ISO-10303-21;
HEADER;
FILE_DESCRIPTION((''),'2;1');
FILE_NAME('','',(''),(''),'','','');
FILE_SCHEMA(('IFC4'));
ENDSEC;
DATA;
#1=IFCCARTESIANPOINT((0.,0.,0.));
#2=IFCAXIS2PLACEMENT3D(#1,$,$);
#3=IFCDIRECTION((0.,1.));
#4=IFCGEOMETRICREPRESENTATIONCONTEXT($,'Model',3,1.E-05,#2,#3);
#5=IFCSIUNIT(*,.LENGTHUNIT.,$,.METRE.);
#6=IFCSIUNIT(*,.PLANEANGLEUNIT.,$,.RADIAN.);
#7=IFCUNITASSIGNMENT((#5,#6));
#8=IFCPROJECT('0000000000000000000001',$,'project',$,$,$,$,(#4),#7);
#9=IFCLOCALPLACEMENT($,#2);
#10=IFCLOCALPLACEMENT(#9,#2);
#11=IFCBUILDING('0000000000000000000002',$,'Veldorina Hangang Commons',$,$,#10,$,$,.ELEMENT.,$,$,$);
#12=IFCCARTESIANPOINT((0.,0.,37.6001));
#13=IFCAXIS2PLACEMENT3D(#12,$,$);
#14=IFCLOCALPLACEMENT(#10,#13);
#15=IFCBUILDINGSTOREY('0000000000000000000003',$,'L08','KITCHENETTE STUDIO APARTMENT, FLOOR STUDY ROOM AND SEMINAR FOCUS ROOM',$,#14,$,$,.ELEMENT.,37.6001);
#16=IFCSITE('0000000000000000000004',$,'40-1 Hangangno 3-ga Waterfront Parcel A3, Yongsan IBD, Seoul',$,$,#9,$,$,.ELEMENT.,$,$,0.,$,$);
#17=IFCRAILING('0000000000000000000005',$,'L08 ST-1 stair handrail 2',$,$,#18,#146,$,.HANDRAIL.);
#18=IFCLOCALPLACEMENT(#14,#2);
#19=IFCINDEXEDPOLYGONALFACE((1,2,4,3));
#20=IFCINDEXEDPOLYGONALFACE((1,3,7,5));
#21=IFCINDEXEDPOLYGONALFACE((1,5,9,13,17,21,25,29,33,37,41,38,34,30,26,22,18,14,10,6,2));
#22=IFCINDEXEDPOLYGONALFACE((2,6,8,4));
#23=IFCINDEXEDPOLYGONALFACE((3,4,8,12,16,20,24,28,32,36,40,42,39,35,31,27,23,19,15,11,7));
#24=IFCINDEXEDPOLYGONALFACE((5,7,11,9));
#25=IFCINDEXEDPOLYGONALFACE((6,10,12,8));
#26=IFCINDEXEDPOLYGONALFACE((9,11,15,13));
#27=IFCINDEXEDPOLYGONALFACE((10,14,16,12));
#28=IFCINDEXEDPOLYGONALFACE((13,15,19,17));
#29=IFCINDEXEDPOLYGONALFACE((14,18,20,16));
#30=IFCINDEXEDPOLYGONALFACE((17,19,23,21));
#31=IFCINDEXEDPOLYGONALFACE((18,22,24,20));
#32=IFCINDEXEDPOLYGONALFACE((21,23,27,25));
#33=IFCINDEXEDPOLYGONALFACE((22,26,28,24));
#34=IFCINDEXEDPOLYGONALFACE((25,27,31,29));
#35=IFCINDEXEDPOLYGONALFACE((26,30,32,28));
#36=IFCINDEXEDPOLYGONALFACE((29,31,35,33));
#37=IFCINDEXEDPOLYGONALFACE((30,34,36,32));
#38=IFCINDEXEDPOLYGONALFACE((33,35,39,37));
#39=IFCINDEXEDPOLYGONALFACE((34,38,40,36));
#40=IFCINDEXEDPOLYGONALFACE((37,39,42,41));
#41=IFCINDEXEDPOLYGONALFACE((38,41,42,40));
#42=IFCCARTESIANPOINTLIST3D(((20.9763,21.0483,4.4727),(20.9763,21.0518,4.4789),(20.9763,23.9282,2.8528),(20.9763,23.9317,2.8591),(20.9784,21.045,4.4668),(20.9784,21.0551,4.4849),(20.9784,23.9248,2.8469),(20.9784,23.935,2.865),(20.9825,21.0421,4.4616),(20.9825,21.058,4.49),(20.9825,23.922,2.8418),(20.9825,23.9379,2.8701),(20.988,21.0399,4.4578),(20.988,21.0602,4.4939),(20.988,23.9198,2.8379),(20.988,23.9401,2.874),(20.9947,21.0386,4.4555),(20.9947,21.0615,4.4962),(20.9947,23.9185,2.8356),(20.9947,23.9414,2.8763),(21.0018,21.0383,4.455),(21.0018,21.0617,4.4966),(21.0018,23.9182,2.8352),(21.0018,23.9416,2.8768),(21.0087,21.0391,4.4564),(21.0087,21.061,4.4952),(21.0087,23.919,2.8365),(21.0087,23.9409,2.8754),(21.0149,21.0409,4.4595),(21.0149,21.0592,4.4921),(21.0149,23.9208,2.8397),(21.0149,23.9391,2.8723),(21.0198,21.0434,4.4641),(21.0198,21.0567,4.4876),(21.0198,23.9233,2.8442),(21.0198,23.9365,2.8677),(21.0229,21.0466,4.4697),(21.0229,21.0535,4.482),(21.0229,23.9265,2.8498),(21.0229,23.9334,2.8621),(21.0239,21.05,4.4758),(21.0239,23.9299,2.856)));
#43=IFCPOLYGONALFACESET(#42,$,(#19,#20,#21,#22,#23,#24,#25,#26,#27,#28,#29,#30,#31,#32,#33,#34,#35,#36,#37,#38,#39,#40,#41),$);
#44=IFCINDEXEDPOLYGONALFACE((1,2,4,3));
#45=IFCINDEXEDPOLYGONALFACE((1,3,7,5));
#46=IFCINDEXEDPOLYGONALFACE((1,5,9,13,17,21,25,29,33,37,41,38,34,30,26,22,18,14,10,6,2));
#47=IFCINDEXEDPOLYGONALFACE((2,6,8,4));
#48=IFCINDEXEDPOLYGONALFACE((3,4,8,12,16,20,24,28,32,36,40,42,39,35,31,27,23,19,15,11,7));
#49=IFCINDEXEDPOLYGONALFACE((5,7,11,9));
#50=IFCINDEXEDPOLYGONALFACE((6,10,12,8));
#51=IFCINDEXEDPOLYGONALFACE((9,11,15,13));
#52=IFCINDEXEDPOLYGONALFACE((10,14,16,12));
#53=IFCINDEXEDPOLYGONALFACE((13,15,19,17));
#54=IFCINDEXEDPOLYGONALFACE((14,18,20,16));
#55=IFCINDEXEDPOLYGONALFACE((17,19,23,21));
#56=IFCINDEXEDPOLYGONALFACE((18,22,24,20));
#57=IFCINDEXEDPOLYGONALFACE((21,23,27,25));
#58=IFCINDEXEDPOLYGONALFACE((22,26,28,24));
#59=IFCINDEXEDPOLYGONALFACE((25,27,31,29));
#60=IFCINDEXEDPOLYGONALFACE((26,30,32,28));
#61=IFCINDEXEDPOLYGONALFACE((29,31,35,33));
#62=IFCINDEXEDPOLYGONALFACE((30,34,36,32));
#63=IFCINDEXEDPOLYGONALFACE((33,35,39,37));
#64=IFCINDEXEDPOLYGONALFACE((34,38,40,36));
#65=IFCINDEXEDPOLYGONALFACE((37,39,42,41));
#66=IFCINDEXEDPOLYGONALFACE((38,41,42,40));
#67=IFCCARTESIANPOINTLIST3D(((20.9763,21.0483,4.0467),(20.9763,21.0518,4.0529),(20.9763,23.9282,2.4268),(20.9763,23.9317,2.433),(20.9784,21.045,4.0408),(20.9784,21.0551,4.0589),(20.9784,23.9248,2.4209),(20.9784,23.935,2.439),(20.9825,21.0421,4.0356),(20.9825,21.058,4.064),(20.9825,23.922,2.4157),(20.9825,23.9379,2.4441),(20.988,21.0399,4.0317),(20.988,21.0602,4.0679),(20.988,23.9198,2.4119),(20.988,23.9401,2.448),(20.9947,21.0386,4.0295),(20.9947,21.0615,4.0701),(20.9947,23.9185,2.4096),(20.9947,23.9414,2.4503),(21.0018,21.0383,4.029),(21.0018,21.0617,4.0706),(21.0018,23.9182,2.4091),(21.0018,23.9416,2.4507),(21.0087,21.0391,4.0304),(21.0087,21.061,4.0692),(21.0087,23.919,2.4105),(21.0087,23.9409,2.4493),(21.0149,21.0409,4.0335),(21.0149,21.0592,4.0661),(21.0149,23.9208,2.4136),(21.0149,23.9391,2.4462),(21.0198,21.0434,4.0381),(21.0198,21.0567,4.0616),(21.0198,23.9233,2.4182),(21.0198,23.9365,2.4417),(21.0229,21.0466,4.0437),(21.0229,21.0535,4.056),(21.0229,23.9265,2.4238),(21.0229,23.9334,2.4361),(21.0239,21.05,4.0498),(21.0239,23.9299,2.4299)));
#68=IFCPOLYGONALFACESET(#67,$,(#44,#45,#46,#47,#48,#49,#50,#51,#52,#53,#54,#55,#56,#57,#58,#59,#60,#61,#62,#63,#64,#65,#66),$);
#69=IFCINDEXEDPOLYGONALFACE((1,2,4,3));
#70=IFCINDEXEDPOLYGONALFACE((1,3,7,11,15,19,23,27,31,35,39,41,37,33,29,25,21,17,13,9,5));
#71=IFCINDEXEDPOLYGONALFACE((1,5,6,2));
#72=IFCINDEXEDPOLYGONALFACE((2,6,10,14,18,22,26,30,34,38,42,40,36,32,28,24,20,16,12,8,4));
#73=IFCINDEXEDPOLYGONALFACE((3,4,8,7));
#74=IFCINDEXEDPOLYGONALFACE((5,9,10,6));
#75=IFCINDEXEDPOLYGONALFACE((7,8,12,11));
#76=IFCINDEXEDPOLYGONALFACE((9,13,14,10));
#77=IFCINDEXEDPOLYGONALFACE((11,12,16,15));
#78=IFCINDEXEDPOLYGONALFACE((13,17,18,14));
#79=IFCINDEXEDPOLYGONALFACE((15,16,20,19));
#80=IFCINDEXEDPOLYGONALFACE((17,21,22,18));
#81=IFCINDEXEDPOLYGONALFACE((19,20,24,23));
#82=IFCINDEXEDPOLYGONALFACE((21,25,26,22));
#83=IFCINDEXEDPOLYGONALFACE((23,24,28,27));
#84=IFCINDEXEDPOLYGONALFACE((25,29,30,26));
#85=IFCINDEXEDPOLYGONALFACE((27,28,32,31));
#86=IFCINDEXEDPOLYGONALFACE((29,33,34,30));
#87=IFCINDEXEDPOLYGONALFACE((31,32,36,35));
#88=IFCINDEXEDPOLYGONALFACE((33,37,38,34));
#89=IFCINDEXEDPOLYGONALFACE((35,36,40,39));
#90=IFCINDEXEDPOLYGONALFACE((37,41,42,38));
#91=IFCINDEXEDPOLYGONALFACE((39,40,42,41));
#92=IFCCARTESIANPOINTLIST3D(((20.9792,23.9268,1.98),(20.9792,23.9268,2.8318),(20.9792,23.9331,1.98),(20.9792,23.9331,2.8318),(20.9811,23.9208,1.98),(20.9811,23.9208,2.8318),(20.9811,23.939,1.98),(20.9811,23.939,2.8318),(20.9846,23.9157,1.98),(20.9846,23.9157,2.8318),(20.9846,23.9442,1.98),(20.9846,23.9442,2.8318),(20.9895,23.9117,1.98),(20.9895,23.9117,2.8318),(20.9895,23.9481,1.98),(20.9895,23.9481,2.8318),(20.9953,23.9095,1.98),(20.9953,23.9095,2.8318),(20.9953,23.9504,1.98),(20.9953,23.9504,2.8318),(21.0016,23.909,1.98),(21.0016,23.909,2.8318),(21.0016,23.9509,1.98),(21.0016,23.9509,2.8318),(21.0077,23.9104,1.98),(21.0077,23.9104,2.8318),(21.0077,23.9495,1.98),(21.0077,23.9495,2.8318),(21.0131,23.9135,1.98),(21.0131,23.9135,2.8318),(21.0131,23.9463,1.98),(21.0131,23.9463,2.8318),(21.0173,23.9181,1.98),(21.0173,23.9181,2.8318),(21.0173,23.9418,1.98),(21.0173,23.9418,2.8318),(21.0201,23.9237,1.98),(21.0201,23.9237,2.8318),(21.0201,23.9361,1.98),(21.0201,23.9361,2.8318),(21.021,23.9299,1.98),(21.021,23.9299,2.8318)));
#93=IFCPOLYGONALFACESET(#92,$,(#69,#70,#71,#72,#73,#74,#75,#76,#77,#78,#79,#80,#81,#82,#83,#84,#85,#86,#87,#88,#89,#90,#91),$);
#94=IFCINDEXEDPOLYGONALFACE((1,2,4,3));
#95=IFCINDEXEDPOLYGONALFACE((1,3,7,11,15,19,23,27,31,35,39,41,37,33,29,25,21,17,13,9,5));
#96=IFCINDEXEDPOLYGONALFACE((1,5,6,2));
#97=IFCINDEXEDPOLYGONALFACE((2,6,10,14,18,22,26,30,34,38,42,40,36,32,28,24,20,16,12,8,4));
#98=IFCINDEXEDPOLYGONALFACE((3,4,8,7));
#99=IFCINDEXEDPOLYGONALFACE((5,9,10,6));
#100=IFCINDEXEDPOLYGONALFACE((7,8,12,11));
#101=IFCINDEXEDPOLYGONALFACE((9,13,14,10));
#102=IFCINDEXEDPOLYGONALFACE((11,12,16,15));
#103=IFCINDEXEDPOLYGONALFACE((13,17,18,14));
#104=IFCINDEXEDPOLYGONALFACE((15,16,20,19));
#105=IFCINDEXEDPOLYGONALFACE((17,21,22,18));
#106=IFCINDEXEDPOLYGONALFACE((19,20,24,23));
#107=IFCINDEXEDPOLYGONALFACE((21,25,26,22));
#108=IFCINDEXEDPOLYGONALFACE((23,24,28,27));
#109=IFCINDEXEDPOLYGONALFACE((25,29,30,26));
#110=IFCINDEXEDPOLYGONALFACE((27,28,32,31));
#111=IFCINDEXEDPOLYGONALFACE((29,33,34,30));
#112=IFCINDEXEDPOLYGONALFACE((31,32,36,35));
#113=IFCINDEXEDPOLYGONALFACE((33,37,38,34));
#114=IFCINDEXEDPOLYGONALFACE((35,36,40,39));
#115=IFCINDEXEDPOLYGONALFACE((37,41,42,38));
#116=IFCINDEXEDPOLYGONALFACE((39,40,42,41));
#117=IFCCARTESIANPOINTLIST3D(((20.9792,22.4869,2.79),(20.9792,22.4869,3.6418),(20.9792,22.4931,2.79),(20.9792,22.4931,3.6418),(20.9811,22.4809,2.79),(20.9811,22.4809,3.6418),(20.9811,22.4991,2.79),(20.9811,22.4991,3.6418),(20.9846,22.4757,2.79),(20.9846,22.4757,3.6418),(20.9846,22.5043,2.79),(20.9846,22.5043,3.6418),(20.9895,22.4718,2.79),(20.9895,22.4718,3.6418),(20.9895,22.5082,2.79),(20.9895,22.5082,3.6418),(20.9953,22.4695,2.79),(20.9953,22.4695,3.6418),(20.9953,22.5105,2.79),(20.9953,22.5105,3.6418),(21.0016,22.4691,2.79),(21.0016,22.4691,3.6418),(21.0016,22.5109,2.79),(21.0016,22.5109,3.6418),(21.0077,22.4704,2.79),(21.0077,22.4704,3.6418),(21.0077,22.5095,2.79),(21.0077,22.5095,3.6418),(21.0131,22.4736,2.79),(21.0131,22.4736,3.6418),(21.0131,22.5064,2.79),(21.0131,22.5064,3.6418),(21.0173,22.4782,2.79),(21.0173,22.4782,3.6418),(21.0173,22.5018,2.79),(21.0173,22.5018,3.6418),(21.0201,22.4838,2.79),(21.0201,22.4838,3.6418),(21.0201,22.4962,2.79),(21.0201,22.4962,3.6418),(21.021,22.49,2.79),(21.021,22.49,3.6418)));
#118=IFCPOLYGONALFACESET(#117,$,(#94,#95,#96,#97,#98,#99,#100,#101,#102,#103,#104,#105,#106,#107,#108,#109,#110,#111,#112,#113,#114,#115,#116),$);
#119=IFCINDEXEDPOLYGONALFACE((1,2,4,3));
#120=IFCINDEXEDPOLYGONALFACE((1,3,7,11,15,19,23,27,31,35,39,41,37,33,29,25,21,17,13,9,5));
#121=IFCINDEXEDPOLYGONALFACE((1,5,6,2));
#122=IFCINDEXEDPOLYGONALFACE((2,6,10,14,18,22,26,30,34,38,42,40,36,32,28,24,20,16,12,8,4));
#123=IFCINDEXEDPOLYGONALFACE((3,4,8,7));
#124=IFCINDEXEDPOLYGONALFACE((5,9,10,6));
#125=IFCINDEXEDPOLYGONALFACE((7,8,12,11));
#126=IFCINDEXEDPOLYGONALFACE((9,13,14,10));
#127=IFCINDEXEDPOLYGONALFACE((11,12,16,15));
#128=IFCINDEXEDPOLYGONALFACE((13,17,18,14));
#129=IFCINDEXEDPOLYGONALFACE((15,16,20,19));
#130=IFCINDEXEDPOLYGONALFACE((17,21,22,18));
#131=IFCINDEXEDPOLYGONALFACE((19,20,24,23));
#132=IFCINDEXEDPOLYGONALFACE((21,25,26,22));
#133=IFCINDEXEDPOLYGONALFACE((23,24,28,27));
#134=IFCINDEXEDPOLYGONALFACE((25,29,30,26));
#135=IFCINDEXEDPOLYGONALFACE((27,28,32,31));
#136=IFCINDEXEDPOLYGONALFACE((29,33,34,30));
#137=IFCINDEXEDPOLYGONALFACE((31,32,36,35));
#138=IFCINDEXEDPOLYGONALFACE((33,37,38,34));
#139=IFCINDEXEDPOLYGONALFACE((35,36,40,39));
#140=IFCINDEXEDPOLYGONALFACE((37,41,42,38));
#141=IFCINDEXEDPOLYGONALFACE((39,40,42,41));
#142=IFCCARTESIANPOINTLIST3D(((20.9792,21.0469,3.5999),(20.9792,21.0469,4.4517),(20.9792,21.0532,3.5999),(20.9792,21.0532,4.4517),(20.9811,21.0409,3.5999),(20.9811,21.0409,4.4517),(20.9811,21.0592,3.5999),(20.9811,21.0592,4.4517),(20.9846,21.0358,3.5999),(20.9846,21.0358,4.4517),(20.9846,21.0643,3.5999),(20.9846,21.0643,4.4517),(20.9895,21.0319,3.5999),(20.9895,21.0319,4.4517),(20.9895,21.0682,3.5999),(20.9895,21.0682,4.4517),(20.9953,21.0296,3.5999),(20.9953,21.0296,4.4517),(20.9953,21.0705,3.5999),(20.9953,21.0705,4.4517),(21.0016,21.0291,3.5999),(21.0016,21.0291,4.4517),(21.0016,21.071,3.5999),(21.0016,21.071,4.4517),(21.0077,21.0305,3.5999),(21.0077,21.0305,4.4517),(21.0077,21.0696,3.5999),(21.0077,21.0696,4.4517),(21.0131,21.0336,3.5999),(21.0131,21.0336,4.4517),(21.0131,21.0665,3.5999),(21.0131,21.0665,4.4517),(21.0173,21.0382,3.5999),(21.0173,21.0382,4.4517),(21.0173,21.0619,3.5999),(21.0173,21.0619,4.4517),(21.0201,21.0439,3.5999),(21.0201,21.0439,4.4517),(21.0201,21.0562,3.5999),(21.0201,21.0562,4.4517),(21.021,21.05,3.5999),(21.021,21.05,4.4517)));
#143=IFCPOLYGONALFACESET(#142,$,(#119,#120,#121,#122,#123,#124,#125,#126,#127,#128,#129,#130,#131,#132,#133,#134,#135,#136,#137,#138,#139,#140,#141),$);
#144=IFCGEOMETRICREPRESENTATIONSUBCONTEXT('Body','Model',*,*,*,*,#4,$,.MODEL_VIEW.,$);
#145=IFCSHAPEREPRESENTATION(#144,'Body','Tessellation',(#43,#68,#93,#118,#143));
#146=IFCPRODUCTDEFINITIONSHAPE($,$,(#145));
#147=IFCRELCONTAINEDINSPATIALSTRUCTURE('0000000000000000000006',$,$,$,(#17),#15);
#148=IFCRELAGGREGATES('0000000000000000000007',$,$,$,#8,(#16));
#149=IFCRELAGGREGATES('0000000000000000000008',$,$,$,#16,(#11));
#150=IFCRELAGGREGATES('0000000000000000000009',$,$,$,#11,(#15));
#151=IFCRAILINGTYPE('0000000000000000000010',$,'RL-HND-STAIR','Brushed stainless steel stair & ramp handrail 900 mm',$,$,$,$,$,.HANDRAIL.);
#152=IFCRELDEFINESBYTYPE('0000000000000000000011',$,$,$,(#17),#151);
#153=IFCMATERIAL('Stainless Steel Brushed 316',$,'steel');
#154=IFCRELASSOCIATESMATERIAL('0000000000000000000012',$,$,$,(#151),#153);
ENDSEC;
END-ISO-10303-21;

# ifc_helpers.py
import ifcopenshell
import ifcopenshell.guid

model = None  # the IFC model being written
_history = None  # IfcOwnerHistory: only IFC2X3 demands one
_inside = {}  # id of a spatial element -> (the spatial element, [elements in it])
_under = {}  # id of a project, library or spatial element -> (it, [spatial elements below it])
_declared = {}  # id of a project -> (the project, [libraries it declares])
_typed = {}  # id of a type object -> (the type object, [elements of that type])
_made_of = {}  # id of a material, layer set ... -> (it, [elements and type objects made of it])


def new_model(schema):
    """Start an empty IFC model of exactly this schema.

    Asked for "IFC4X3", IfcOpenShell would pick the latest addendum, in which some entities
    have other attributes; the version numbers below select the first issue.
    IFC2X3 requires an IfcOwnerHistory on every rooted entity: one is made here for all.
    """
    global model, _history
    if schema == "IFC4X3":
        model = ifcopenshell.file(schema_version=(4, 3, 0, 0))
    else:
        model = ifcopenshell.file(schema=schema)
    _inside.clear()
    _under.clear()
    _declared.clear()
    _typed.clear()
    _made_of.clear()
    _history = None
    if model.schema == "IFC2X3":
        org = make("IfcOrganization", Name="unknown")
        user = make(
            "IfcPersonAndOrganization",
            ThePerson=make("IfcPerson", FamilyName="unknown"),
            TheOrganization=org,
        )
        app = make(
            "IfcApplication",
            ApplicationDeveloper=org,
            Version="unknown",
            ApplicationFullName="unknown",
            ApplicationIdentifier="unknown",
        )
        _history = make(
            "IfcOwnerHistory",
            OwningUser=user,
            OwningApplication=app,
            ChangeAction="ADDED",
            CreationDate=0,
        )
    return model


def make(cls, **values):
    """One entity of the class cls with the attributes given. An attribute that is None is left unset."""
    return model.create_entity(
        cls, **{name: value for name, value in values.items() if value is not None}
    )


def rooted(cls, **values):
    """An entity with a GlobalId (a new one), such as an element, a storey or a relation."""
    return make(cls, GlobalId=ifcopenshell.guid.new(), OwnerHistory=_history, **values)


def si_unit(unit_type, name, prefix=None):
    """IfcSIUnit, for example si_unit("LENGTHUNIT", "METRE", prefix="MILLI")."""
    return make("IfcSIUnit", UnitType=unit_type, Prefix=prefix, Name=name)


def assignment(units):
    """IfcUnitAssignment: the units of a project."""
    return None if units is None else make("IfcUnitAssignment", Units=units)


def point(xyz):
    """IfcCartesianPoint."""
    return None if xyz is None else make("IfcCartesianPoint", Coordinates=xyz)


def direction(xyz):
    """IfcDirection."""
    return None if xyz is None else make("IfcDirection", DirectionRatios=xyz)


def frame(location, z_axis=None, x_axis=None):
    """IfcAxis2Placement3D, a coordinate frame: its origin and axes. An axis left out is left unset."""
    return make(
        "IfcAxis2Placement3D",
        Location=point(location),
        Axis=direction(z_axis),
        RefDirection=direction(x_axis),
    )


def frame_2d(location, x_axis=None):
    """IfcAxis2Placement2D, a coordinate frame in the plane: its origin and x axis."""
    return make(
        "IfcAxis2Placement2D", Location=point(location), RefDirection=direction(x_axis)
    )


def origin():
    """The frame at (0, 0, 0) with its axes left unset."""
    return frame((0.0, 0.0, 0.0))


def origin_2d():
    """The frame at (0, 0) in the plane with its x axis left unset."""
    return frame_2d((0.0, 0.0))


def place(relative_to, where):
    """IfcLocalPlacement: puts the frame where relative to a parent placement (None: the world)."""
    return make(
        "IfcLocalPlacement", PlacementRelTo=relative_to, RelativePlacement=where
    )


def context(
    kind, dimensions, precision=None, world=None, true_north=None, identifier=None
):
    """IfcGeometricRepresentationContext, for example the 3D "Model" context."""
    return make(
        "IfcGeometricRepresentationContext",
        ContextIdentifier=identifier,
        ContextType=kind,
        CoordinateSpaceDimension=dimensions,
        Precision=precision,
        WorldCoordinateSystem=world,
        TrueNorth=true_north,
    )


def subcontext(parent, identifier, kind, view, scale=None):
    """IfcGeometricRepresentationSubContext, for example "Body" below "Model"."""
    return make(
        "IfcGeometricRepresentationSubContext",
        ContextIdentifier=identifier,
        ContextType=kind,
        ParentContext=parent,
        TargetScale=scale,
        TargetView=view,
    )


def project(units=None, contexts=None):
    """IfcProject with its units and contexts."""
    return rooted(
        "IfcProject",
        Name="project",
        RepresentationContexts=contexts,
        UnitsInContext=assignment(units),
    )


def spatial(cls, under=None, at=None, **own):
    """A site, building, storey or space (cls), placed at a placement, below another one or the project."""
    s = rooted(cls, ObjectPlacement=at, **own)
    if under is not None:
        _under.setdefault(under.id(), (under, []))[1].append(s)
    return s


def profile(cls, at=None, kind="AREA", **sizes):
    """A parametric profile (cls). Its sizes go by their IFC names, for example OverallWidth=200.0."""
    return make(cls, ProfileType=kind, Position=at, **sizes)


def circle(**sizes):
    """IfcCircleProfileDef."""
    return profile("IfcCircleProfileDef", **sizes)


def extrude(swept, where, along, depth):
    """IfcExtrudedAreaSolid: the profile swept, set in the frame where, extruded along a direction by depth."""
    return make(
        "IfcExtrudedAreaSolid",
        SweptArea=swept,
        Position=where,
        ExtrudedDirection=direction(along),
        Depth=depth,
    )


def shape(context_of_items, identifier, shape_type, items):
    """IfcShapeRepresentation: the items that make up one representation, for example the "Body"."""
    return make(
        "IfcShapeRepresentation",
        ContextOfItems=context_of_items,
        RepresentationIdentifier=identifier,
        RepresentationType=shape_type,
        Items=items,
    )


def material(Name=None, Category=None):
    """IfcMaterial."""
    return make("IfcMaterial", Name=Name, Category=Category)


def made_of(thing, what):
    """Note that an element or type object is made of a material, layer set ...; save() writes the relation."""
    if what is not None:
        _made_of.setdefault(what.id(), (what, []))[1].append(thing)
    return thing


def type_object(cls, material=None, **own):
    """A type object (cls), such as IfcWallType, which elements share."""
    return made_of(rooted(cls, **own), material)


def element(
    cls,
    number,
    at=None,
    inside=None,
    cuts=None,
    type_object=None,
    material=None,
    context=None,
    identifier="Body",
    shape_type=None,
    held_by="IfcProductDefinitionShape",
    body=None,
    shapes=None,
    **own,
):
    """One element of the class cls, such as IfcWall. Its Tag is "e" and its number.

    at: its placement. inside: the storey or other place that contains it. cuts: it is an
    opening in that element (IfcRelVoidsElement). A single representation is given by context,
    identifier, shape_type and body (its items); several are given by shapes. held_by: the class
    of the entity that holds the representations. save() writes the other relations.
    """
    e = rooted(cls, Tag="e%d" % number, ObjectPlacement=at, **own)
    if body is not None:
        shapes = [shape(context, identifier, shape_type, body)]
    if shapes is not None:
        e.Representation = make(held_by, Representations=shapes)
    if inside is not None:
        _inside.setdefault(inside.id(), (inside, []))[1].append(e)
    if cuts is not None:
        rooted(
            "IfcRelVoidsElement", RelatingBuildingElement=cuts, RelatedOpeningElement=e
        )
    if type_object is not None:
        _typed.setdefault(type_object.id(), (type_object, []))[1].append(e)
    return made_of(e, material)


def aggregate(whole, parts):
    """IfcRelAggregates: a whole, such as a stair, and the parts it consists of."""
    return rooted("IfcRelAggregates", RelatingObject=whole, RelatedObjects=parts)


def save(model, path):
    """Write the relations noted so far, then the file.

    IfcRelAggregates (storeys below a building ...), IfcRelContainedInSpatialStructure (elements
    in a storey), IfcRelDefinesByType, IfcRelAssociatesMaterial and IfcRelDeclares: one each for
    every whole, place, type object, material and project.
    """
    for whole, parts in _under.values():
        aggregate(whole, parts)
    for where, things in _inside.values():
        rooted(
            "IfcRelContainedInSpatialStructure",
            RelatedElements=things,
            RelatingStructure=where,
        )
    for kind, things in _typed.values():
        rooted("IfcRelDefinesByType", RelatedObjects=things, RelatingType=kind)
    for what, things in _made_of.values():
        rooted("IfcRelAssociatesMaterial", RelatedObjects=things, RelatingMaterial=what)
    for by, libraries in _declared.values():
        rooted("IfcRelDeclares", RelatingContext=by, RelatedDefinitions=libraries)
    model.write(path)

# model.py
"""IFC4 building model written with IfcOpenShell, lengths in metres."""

from ifc_helpers import new_model, si_unit, direction, frame, origin, origin_2d, place, context, subcontext, project, spatial, circle, extrude, material, type_object, element, save


model = new_model("IFC4")

# Units and contexts
model_context = context("Model", 3, precision=1e-05, world=origin(), true_north=direction((0.0, 1.0)))
body_context = subcontext(model_context, "Body", "Model", "MODEL_VIEW")
ifc_project = project(units=[si_unit("LENGTHUNIT", "METRE"), si_unit("PLANEANGLEUNIT", "RADIAN")], contexts=[model_context])

# Site, building, storey
site_placement = place(None, origin())
site = spatial("IfcSite", under=ifc_project, at=site_placement, Name="40-1 Hangangno 3-ga Waterfront Parcel A3, Yongsan IBD, Seoul", CompositionType="ELEMENT", RefElevation=0.0)
building_placement = place(site_placement, origin())
building = spatial("IfcBuilding", under=site, at=building_placement, Name="Veldorina Hangang Commons", CompositionType="ELEMENT")
storey_placement = place(building_placement, frame((0.0, 0.0, 37.6001)))
storey = spatial("IfcBuildingStorey", under=building, at=storey_placement, Name="L08", Description="KITCHENETTE STUDIO APARTMENT, FLOOR STUDY ROOM AND SEMINAR FOCUS ROOM", CompositionType="ELEMENT", Elevation=37.6001)

# Railing
ifc_material_1 = material(Name="Stainless Steel Brushed 316", Category="steel")
railing_type_1 = type_object("IfcRailingType", Name="RL-HND-STAIR", Description="Brushed stainless steel stair & ramp handrail 900 mm", PredefinedType="HANDRAIL", material=ifc_material_1)
railing_1_placement = place(storey_placement, frame((21.0, 23.9299, 1.98)))
element("IfcRailing", 1, at=railing_1_placement, inside=storey, type_object=railing_type_1, Name="L08 ST-1 stair handrail 2", PredefinedType="HANDRAIL", context=body_context, shape_type="SweptSolid", body=[
    extrude(circle(Radius=0.0239, at=origin_2d()), frame((0.0, 0.0, 0.876), z_axis=(0.0, -0.871583, 0.490247), x_axis=(1.0, 0.0, 0.0)), (0.0, 0.0, 1.0), 3.3042),
    extrude(circle(Radius=0.0239, at=origin_2d()), frame((0.0, 0.0, 0.45), z_axis=(0.0, -0.871583, 0.490247), x_axis=(1.0, 0.0, 0.0)), (0.0, 0.0, 1.0), 3.3042),
    extrude(circle(Radius=0.021, at=origin_2d()), origin(), (0.0, 0.0, 1.0), 0.8518),
    extrude(circle(Radius=0.021, at=origin_2d()), frame((0.0, -1.4399, 0.8101)), (0.0, 0.0, 1.0), 0.8518),
    extrude(circle(Radius=0.021, at=origin_2d()), frame((0.0, -2.8799, 1.6199)), (0.0, 0.0, 1.0), 0.8518),
])

save(model, "model.ifc")
